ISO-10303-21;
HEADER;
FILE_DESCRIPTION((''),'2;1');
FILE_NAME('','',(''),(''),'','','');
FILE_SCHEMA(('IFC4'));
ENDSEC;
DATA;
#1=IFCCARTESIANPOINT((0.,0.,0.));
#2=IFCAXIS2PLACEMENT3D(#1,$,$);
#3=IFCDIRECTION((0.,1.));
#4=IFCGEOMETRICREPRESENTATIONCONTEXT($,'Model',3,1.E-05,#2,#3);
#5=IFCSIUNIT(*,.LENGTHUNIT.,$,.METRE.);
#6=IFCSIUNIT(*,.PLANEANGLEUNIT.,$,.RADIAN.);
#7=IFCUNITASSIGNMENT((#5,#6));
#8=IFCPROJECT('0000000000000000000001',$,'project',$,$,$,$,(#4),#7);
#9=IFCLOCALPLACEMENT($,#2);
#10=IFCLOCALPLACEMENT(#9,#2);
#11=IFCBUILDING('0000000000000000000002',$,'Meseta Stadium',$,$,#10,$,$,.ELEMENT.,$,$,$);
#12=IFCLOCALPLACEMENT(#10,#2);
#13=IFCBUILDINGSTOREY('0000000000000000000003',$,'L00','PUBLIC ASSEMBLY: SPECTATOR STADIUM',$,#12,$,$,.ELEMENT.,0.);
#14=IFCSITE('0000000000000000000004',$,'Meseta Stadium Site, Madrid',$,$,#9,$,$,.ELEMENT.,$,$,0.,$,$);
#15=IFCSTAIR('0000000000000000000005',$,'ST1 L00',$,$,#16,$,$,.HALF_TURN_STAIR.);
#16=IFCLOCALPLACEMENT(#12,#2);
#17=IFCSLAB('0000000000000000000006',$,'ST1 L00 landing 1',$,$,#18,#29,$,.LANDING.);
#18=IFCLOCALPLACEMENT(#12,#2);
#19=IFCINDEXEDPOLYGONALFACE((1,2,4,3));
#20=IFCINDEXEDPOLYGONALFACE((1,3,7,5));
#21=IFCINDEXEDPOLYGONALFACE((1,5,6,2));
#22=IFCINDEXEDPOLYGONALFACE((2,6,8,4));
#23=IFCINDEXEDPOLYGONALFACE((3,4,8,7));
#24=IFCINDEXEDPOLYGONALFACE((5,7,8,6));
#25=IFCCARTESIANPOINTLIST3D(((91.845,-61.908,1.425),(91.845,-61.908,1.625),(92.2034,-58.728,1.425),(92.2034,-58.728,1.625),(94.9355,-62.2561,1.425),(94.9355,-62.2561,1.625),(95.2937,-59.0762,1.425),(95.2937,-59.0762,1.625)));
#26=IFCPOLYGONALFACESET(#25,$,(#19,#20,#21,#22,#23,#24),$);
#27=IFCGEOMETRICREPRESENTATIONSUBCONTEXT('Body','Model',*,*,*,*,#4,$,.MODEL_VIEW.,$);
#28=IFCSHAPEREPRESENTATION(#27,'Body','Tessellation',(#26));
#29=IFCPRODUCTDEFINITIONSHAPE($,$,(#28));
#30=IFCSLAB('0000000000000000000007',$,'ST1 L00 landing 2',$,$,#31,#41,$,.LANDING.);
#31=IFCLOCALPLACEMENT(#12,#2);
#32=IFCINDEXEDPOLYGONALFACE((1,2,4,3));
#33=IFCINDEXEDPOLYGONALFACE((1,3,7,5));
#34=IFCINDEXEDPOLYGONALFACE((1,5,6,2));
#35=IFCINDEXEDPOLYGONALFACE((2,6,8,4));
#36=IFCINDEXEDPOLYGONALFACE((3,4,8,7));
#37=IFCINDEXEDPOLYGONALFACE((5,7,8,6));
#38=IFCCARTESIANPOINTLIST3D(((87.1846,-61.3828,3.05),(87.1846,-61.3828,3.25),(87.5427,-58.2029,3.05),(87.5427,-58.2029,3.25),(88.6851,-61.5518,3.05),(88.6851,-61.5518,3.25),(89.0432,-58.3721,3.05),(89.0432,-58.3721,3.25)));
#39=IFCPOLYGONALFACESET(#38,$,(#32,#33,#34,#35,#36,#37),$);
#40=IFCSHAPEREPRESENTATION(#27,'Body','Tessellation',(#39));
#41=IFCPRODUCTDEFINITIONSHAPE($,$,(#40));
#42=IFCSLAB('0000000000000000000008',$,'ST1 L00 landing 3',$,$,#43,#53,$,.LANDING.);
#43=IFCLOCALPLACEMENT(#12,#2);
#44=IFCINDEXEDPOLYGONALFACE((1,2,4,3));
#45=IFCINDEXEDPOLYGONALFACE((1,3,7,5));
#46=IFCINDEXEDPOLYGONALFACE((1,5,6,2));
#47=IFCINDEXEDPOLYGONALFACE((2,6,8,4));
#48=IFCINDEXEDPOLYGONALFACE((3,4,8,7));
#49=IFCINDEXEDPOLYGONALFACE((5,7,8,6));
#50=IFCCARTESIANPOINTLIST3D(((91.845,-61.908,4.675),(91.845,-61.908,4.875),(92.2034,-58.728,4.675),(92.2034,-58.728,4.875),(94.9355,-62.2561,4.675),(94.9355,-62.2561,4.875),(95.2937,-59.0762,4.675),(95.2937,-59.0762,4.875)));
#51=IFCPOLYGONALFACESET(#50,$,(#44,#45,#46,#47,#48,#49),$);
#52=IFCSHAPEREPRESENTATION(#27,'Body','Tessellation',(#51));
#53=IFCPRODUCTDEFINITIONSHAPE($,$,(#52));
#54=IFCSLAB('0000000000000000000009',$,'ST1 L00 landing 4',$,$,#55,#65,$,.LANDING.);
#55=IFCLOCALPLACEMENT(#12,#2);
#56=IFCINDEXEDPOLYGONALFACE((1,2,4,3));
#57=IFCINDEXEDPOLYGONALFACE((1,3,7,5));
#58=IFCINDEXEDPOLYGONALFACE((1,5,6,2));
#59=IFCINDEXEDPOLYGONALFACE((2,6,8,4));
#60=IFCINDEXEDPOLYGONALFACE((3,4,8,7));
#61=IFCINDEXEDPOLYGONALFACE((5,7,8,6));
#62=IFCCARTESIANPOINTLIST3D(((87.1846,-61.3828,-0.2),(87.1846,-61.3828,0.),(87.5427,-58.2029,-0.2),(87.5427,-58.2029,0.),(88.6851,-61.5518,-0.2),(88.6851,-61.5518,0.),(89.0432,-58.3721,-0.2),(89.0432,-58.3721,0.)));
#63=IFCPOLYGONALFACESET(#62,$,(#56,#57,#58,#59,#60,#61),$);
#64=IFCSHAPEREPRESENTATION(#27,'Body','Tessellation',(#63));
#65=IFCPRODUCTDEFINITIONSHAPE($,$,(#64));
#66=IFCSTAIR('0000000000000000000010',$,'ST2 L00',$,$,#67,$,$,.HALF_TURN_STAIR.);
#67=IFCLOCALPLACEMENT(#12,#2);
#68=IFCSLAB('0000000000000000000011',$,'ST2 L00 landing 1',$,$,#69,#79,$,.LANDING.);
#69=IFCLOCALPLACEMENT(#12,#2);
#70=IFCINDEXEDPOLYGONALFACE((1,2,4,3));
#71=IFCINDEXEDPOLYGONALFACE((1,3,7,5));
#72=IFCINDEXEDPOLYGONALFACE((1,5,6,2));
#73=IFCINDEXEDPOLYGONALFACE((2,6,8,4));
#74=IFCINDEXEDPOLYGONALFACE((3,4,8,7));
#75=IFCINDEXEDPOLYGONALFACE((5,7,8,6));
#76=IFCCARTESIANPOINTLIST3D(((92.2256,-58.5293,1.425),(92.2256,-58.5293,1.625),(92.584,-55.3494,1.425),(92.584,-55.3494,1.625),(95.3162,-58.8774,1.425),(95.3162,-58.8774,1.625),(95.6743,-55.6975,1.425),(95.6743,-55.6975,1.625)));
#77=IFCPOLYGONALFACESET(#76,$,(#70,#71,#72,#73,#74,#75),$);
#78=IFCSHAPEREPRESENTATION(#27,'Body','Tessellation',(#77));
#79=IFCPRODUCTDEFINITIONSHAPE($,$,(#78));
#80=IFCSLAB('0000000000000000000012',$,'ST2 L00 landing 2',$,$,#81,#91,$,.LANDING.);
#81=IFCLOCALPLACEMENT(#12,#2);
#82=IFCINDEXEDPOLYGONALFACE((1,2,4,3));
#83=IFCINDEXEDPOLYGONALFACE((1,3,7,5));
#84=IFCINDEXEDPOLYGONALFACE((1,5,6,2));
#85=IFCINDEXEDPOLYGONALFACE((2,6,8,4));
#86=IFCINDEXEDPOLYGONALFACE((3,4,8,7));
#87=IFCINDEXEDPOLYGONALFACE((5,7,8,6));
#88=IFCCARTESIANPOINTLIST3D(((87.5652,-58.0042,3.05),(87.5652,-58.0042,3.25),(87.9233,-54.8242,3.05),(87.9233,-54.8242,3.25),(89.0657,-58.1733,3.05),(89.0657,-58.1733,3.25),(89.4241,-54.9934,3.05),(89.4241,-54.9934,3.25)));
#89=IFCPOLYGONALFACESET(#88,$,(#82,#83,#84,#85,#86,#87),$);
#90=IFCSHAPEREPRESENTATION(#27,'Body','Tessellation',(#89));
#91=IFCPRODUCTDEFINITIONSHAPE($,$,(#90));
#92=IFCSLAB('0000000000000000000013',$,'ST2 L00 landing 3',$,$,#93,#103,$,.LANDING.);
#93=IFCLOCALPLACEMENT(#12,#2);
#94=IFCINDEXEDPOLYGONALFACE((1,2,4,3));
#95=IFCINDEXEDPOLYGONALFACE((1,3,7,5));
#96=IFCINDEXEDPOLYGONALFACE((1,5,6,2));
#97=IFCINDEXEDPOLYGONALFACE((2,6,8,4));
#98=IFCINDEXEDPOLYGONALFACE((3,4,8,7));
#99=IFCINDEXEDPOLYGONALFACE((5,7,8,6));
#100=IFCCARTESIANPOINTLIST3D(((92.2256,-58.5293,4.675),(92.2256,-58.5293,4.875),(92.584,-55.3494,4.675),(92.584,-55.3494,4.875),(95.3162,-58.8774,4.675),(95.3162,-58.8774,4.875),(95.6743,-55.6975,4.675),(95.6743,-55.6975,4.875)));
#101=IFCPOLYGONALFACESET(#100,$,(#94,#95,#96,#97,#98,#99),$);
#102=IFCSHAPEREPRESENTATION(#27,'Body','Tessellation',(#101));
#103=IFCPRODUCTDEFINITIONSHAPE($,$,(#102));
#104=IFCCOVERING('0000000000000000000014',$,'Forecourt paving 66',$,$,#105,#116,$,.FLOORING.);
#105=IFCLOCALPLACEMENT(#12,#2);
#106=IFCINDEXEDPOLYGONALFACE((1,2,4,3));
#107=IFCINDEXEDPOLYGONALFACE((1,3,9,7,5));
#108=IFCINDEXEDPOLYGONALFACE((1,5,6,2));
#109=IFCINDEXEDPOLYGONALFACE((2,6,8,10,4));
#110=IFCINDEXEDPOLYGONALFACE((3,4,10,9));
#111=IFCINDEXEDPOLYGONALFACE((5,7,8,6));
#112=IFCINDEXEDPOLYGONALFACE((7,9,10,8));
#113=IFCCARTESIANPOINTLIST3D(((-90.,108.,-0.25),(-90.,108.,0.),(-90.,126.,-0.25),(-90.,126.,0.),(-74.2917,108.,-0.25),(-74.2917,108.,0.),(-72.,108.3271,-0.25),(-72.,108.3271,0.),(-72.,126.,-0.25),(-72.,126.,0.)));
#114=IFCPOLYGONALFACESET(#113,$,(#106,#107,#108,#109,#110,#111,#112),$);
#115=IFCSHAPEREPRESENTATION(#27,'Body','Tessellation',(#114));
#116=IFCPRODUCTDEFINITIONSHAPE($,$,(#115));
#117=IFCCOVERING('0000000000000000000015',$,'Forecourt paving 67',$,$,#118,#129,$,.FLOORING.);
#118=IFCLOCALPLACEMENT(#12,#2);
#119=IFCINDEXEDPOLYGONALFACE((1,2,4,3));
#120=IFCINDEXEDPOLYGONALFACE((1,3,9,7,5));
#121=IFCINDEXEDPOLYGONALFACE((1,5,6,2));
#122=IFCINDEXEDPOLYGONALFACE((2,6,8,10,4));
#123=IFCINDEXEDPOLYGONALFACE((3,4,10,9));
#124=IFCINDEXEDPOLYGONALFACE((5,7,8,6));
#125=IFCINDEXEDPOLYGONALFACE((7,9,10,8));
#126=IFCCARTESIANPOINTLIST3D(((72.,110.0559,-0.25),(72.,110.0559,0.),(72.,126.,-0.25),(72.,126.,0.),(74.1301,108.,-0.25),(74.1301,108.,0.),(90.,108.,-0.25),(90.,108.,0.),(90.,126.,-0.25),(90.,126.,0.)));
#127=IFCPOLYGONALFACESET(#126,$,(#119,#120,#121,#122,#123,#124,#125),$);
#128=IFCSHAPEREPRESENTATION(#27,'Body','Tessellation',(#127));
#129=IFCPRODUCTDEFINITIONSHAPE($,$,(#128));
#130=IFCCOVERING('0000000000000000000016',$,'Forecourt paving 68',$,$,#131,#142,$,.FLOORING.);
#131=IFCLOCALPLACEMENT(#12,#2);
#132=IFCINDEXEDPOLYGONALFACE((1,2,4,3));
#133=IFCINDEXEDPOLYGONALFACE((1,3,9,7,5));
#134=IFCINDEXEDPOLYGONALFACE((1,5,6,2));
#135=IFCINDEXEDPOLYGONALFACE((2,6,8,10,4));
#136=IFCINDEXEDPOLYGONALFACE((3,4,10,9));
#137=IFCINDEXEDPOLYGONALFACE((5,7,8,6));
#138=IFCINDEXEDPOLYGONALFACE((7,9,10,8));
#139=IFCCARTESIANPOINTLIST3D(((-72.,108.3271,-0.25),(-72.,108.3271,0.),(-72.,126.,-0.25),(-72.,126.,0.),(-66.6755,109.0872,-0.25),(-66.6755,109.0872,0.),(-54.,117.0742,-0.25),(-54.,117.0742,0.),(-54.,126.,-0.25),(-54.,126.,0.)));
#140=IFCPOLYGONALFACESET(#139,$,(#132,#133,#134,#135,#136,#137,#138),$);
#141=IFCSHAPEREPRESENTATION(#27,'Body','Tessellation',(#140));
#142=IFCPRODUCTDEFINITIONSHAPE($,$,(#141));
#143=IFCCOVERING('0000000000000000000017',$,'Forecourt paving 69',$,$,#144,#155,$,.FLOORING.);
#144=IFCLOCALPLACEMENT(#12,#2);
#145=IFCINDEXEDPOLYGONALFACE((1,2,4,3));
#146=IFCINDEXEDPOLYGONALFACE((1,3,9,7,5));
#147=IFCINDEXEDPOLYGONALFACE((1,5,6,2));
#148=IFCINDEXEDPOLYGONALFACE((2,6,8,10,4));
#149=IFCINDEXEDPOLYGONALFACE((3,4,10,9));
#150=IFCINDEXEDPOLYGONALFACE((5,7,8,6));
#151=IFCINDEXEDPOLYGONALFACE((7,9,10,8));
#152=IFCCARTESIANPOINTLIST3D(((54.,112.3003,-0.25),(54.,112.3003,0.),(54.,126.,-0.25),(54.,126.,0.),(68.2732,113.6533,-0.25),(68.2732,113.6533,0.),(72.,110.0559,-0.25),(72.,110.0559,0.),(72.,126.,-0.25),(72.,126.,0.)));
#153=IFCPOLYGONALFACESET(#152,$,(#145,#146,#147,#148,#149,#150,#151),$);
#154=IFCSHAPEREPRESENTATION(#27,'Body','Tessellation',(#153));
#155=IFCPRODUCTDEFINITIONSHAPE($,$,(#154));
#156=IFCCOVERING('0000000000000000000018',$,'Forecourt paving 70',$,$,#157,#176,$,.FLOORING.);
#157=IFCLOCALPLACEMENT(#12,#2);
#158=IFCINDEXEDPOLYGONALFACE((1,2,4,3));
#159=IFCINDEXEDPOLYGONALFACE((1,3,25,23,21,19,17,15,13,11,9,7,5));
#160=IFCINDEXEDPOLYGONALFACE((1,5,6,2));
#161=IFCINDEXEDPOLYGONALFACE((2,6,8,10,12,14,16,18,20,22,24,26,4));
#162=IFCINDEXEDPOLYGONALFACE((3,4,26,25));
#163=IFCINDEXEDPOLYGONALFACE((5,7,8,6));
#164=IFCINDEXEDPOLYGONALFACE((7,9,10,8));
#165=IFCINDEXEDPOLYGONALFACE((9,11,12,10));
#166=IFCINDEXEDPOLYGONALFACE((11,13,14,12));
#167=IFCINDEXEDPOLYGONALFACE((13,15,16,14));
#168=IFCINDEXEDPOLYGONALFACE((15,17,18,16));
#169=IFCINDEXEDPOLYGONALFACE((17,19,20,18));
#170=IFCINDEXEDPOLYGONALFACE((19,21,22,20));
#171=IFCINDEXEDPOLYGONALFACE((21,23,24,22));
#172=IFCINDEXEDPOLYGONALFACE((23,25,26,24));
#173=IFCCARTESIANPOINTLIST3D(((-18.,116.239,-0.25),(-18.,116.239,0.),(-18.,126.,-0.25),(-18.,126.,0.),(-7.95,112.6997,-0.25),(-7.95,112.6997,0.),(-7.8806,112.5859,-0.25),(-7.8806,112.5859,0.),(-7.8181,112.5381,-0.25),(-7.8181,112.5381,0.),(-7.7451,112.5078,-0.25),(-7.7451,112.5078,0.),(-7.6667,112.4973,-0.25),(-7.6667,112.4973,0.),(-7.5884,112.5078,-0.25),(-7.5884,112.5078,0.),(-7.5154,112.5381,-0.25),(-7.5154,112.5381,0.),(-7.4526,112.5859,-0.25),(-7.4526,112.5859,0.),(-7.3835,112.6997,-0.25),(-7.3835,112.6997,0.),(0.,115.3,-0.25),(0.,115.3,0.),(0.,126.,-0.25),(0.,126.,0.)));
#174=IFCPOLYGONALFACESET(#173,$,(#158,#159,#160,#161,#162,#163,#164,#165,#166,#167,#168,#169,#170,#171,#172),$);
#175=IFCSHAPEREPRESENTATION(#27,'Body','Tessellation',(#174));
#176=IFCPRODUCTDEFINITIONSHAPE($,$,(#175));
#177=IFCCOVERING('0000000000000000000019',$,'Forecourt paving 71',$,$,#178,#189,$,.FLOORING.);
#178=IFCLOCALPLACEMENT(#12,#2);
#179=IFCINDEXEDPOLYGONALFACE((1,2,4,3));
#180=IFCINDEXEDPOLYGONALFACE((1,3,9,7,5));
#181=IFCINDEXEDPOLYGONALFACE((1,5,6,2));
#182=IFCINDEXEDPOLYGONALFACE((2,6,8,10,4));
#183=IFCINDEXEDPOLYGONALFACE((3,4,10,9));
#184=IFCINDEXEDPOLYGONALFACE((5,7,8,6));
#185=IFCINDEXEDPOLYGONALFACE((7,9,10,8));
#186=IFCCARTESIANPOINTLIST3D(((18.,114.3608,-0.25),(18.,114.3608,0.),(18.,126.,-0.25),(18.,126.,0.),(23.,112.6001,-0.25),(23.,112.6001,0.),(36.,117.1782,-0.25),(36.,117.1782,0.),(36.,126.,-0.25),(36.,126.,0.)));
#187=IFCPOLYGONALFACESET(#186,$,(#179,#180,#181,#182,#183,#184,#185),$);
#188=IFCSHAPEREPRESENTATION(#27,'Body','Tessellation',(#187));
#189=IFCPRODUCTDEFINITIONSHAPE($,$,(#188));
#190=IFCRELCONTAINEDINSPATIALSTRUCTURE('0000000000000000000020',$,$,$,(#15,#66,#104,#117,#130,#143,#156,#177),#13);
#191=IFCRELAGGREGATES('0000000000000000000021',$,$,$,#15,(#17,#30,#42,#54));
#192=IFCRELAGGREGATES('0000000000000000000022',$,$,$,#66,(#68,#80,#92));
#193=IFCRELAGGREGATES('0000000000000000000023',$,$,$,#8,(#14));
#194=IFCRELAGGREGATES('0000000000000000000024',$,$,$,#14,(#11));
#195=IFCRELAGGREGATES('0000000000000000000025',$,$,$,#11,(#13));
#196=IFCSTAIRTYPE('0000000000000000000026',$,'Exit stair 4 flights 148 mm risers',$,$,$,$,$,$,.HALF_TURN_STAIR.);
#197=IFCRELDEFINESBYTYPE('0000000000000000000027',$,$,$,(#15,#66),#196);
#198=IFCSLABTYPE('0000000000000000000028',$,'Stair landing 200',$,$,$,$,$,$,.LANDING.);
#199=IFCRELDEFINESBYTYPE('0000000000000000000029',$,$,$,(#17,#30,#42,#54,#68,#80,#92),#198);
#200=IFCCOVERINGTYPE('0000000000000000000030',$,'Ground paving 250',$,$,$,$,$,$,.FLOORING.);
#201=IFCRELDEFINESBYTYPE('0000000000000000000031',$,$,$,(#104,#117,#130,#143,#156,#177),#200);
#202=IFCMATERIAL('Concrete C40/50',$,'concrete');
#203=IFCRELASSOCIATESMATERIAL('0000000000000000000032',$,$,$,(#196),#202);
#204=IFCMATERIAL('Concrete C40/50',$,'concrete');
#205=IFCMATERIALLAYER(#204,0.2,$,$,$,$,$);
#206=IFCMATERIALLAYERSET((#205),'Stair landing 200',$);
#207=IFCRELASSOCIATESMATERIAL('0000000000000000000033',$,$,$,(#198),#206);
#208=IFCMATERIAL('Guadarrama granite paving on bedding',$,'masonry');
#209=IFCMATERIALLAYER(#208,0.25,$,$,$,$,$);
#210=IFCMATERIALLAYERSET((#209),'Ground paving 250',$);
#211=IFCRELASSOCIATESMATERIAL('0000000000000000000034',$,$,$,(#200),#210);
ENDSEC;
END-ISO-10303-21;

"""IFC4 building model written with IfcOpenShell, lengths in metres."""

from ifc_helpers import new_model, si_unit, direction, frame, origin, place, context, subcontext, project, spatial, polyline, outline, extrude, material, layer, layer_set, type_object, element, aggregate, save


model = new_model("IFC4")

# Units and contexts
model_context = context("Model", 3, precision=1e-05, world=origin(), true_north=direction((0.0, 1.0)))
body_context = subcontext(model_context, "Body", "Model", "MODEL_VIEW")
ifc_project = project(units=[si_unit("LENGTHUNIT", "METRE"), si_unit("PLANEANGLEUNIT", "RADIAN")], contexts=[model_context])

# Site, building, storey
site_placement = place(None, origin())
site = spatial("IfcSite", under=ifc_project, at=site_placement, Name="Meseta Stadium Site, Madrid", CompositionType="ELEMENT", RefElevation=0.0)
building_placement = place(site_placement, origin())
building = spatial("IfcBuilding", under=site, at=building_placement, Name="Meseta Stadium", CompositionType="ELEMENT")
storey_placement = place(building_placement, origin())
storey = spatial("IfcBuildingStorey", under=building, at=storey_placement, Name="L00", Description="PUBLIC ASSEMBLY: SPECTATOR STADIUM", CompositionType="ELEMENT", Elevation=0.0)

# Stairs, slabs
ifc_material_1 = material(Name="Concrete C40/50", Category="concrete")
stair_type = type_object("IfcStairType", Name="Exit stair 4 flights 148 mm risers", PredefinedType="HALF_TURN_STAIR", material=ifc_material_1)
stair_1_placement = place(storey_placement, origin())
stair_1 = element("IfcStair", 1, at=stair_1_placement, inside=storey, type_object=stair_type, Name="ST1 L00", PredefinedType="HALF_TURN_STAIR")
ifc_material_2 = material(Name="Concrete C40/50", Category="concrete")
ifc_layer_1 = layer(ifc_material_2, 0.2)
ifc_layer_set_1 = layer_set([ifc_layer_1], Name="Stair landing 200")
slab_type = type_object("IfcSlabType", Name="Stair landing 200", PredefinedType="LANDING", material=ifc_layer_set_1)
slab_1_placement = place(storey_placement, frame((0.0, 0.0, 1.425)))
slab_1 = element("IfcSlab", 2, at=slab_1_placement, type_object=slab_type, Name="ST1 L00 landing 1", PredefinedType="LANDING", context=body_context, shape_type="SweptSolid", body=[
    extrude(outline(polyline([(91.845, -61.908), (94.9355, -62.2561), (95.2937, -59.0762), (92.2034, -58.728), (91.845, -61.908)])), origin(), (0.0, 0.0, 1.0), 0.2),
])
slab_2_placement = place(storey_placement, frame((0.0, 0.0, 3.05)))
slab_2 = element("IfcSlab", 3, at=slab_2_placement, type_object=slab_type, Name="ST1 L00 landing 2", PredefinedType="LANDING", context=body_context, shape_type="SweptSolid", body=[
    extrude(outline(polyline([(87.1846, -61.3828), (88.6851, -61.5518), (89.0432, -58.3721), (87.5427, -58.2029), (87.1846, -61.3828)])), origin(), (0.0, 0.0, 1.0), 0.2),
])
slab_3_placement = place(storey_placement, frame((0.0, 0.0, 4.675)))
slab_3 = element("IfcSlab", 4, at=slab_3_placement, type_object=slab_type, Name="ST1 L00 landing 3", PredefinedType="LANDING", context=body_context, shape_type="SweptSolid", body=[
    extrude(outline(polyline([(91.845, -61.908), (94.9355, -62.2561), (95.2937, -59.0762), (92.2034, -58.728), (91.845, -61.908)])), origin(), (0.0, 0.0, 1.0), 0.2),
])
slab_4_placement = place(storey_placement, frame((0.0, 0.0, -0.2)))
slab_4 = element("IfcSlab", 5, at=slab_4_placement, type_object=slab_type, Name="ST1 L00 landing 4", PredefinedType="LANDING", context=body_context, shape_type="SweptSolid", body=[
    extrude(outline(polyline([(87.1846, -61.3828), (88.6851, -61.5518), (89.0432, -58.3721), (87.5427, -58.2029), (87.1846, -61.3828)])), origin(), (0.0, 0.0, 1.0), 0.2),
])
aggregate(stair_1, [slab_1, slab_2, slab_3, slab_4])
stair_2_placement = place(storey_placement, origin())
stair_2 = element("IfcStair", 6, at=stair_2_placement, inside=storey, type_object=stair_type, Name="ST2 L00", PredefinedType="HALF_TURN_STAIR")
slab_5_placement = place(storey_placement, frame((0.0, 0.0, 1.425)))
slab_5 = element("IfcSlab", 7, at=slab_5_placement, type_object=slab_type, Name="ST2 L00 landing 1", PredefinedType="LANDING", context=body_context, shape_type="SweptSolid", body=[
    extrude(outline(polyline([(92.2256, -58.5293), (95.3162, -58.8774), (95.6743, -55.6975), (92.584, -55.3494), (92.2256, -58.5293)])), origin(), (0.0, 0.0, 1.0), 0.2),
])
slab_6_placement = place(storey_placement, frame((0.0, 0.0, 3.05)))
slab_6 = element("IfcSlab", 8, at=slab_6_placement, type_object=slab_type, Name="ST2 L00 landing 2", PredefinedType="LANDING", context=body_context, shape_type="SweptSolid", body=[
    extrude(outline(polyline([(87.5652, -58.0042), (89.0657, -58.1733), (89.4241, -54.9934), (87.9233, -54.8242), (87.5652, -58.0042)])), origin(), (0.0, 0.0, 1.0), 0.2),
])
slab_7_placement = place(storey_placement, frame((0.0, 0.0, 4.675)))
slab_7 = element("IfcSlab", 9, at=slab_7_placement, type_object=slab_type, Name="ST2 L00 landing 3", PredefinedType="LANDING", context=body_context, shape_type="SweptSolid", body=[
    extrude(outline(polyline([(92.2256, -58.5293), (95.3162, -58.8774), (95.6743, -55.6975), (92.584, -55.3494), (92.2256, -58.5293)])), origin(), (0.0, 0.0, 1.0), 0.2),
])
aggregate(stair_2, [slab_5, slab_6, slab_7])

# Coverings
ifc_material_3 = material(Name="Guadarrama granite paving on bedding", Category="masonry")
ifc_layer_2 = layer(ifc_material_3, 0.25)
ifc_layer_set_2 = layer_set([ifc_layer_2], Name="Ground paving 250")
covering_type = type_object("IfcCoveringType", Name="Ground paving 250", PredefinedType="FLOORING", material=ifc_layer_set_2)
covering_1_placement = place(storey_placement, frame((0.0, 0.0, -0.25)))
element("IfcCovering", 10, at=covering_1_placement, inside=storey, type_object=covering_type, Name="Forecourt paving 66", PredefinedType="FLOORING", context=body_context, shape_type="SweptSolid", body=[
    extrude(outline(polyline([(-74.2917, 108.0), (-72.0, 108.3271), (-72.0, 126.0), (-90.0, 126.0), (-90.0, 108.0), (-74.2917, 108.0)])), origin(), (0.0, 0.0, 1.0), 0.25),
])
covering_2_placement = place(storey_placement, frame((0.0, 0.0, -0.25)))
element("IfcCovering", 11, at=covering_2_placement, inside=storey, type_object=covering_type, Name="Forecourt paving 67", PredefinedType="FLOORING", context=body_context, shape_type="SweptSolid", body=[
    extrude(outline(polyline([(72.0, 110.0559), (74.1301, 108.0), (90.0, 108.0), (90.0, 126.0), (72.0, 126.0), (72.0, 110.0559)])), origin(), (0.0, 0.0, 1.0), 0.25),
])
covering_3_placement = place(storey_placement, frame((0.0, 0.0, -0.25)))
element("IfcCovering", 12, at=covering_3_placement, inside=storey, type_object=covering_type, Name="Forecourt paving 68", PredefinedType="FLOORING", context=body_context, shape_type="SweptSolid", body=[
    extrude(outline(polyline([(-72.0, 108.3271), (-66.6755, 109.0872), (-54.0, 117.0742), (-54.0, 126.0), (-72.0, 126.0), (-72.0, 108.3271)])), origin(), (0.0, 0.0, 1.0), 0.25),
])
covering_4_placement = place(storey_placement, frame((0.0, 0.0, -0.25)))
element("IfcCovering", 13, at=covering_4_placement, inside=storey, type_object=covering_type, Name="Forecourt paving 69", PredefinedType="FLOORING", context=body_context, shape_type="SweptSolid", body=[
    extrude(outline(polyline([(54.0, 112.3003), (68.2732, 113.6533), (72.0, 110.0559), (72.0, 126.0), (54.0, 126.0), (54.0, 112.3003)])), origin(), (0.0, 0.0, 1.0), 0.25),
])
covering_5_placement = place(storey_placement, frame((0.0, 0.0, -0.25)))
element("IfcCovering", 14, at=covering_5_placement, inside=storey, type_object=covering_type, Name="Forecourt paving 70", PredefinedType="FLOORING", context=body_context, shape_type="SweptSolid", body=[
    extrude(outline(polyline([(-18.0, 116.239), (-7.95, 112.6997), (-7.8806, 112.5859), (-7.8181, 112.5381), (-7.7451, 112.5078), (-7.6667, 112.4973), (-7.5884, 112.5078), (-7.5154, 112.5381), (-7.4526, 112.5859), (-7.3835, 112.6997), (0.0, 115.3), (0.0, 126.0), (-18.0, 126.0), (-18.0, 116.239)])), origin(), (0.0, 0.0, 1.0), 0.25),
])
covering_6_placement = place(storey_placement, frame((0.0, 0.0, -0.25)))
element("IfcCovering", 15, at=covering_6_placement, inside=storey, type_object=covering_type, Name="Forecourt paving 71", PredefinedType="FLOORING", context=body_context, shape_type="SweptSolid", body=[
    extrude(outline(polyline([(18.0, 114.3608), (23.0, 112.6001), (36.0, 117.1782), (36.0, 126.0), (18.0, 126.0), (18.0, 114.3608)])), origin(), (0.0, 0.0, 1.0), 0.25),
])

save(model, "model.ifc")
